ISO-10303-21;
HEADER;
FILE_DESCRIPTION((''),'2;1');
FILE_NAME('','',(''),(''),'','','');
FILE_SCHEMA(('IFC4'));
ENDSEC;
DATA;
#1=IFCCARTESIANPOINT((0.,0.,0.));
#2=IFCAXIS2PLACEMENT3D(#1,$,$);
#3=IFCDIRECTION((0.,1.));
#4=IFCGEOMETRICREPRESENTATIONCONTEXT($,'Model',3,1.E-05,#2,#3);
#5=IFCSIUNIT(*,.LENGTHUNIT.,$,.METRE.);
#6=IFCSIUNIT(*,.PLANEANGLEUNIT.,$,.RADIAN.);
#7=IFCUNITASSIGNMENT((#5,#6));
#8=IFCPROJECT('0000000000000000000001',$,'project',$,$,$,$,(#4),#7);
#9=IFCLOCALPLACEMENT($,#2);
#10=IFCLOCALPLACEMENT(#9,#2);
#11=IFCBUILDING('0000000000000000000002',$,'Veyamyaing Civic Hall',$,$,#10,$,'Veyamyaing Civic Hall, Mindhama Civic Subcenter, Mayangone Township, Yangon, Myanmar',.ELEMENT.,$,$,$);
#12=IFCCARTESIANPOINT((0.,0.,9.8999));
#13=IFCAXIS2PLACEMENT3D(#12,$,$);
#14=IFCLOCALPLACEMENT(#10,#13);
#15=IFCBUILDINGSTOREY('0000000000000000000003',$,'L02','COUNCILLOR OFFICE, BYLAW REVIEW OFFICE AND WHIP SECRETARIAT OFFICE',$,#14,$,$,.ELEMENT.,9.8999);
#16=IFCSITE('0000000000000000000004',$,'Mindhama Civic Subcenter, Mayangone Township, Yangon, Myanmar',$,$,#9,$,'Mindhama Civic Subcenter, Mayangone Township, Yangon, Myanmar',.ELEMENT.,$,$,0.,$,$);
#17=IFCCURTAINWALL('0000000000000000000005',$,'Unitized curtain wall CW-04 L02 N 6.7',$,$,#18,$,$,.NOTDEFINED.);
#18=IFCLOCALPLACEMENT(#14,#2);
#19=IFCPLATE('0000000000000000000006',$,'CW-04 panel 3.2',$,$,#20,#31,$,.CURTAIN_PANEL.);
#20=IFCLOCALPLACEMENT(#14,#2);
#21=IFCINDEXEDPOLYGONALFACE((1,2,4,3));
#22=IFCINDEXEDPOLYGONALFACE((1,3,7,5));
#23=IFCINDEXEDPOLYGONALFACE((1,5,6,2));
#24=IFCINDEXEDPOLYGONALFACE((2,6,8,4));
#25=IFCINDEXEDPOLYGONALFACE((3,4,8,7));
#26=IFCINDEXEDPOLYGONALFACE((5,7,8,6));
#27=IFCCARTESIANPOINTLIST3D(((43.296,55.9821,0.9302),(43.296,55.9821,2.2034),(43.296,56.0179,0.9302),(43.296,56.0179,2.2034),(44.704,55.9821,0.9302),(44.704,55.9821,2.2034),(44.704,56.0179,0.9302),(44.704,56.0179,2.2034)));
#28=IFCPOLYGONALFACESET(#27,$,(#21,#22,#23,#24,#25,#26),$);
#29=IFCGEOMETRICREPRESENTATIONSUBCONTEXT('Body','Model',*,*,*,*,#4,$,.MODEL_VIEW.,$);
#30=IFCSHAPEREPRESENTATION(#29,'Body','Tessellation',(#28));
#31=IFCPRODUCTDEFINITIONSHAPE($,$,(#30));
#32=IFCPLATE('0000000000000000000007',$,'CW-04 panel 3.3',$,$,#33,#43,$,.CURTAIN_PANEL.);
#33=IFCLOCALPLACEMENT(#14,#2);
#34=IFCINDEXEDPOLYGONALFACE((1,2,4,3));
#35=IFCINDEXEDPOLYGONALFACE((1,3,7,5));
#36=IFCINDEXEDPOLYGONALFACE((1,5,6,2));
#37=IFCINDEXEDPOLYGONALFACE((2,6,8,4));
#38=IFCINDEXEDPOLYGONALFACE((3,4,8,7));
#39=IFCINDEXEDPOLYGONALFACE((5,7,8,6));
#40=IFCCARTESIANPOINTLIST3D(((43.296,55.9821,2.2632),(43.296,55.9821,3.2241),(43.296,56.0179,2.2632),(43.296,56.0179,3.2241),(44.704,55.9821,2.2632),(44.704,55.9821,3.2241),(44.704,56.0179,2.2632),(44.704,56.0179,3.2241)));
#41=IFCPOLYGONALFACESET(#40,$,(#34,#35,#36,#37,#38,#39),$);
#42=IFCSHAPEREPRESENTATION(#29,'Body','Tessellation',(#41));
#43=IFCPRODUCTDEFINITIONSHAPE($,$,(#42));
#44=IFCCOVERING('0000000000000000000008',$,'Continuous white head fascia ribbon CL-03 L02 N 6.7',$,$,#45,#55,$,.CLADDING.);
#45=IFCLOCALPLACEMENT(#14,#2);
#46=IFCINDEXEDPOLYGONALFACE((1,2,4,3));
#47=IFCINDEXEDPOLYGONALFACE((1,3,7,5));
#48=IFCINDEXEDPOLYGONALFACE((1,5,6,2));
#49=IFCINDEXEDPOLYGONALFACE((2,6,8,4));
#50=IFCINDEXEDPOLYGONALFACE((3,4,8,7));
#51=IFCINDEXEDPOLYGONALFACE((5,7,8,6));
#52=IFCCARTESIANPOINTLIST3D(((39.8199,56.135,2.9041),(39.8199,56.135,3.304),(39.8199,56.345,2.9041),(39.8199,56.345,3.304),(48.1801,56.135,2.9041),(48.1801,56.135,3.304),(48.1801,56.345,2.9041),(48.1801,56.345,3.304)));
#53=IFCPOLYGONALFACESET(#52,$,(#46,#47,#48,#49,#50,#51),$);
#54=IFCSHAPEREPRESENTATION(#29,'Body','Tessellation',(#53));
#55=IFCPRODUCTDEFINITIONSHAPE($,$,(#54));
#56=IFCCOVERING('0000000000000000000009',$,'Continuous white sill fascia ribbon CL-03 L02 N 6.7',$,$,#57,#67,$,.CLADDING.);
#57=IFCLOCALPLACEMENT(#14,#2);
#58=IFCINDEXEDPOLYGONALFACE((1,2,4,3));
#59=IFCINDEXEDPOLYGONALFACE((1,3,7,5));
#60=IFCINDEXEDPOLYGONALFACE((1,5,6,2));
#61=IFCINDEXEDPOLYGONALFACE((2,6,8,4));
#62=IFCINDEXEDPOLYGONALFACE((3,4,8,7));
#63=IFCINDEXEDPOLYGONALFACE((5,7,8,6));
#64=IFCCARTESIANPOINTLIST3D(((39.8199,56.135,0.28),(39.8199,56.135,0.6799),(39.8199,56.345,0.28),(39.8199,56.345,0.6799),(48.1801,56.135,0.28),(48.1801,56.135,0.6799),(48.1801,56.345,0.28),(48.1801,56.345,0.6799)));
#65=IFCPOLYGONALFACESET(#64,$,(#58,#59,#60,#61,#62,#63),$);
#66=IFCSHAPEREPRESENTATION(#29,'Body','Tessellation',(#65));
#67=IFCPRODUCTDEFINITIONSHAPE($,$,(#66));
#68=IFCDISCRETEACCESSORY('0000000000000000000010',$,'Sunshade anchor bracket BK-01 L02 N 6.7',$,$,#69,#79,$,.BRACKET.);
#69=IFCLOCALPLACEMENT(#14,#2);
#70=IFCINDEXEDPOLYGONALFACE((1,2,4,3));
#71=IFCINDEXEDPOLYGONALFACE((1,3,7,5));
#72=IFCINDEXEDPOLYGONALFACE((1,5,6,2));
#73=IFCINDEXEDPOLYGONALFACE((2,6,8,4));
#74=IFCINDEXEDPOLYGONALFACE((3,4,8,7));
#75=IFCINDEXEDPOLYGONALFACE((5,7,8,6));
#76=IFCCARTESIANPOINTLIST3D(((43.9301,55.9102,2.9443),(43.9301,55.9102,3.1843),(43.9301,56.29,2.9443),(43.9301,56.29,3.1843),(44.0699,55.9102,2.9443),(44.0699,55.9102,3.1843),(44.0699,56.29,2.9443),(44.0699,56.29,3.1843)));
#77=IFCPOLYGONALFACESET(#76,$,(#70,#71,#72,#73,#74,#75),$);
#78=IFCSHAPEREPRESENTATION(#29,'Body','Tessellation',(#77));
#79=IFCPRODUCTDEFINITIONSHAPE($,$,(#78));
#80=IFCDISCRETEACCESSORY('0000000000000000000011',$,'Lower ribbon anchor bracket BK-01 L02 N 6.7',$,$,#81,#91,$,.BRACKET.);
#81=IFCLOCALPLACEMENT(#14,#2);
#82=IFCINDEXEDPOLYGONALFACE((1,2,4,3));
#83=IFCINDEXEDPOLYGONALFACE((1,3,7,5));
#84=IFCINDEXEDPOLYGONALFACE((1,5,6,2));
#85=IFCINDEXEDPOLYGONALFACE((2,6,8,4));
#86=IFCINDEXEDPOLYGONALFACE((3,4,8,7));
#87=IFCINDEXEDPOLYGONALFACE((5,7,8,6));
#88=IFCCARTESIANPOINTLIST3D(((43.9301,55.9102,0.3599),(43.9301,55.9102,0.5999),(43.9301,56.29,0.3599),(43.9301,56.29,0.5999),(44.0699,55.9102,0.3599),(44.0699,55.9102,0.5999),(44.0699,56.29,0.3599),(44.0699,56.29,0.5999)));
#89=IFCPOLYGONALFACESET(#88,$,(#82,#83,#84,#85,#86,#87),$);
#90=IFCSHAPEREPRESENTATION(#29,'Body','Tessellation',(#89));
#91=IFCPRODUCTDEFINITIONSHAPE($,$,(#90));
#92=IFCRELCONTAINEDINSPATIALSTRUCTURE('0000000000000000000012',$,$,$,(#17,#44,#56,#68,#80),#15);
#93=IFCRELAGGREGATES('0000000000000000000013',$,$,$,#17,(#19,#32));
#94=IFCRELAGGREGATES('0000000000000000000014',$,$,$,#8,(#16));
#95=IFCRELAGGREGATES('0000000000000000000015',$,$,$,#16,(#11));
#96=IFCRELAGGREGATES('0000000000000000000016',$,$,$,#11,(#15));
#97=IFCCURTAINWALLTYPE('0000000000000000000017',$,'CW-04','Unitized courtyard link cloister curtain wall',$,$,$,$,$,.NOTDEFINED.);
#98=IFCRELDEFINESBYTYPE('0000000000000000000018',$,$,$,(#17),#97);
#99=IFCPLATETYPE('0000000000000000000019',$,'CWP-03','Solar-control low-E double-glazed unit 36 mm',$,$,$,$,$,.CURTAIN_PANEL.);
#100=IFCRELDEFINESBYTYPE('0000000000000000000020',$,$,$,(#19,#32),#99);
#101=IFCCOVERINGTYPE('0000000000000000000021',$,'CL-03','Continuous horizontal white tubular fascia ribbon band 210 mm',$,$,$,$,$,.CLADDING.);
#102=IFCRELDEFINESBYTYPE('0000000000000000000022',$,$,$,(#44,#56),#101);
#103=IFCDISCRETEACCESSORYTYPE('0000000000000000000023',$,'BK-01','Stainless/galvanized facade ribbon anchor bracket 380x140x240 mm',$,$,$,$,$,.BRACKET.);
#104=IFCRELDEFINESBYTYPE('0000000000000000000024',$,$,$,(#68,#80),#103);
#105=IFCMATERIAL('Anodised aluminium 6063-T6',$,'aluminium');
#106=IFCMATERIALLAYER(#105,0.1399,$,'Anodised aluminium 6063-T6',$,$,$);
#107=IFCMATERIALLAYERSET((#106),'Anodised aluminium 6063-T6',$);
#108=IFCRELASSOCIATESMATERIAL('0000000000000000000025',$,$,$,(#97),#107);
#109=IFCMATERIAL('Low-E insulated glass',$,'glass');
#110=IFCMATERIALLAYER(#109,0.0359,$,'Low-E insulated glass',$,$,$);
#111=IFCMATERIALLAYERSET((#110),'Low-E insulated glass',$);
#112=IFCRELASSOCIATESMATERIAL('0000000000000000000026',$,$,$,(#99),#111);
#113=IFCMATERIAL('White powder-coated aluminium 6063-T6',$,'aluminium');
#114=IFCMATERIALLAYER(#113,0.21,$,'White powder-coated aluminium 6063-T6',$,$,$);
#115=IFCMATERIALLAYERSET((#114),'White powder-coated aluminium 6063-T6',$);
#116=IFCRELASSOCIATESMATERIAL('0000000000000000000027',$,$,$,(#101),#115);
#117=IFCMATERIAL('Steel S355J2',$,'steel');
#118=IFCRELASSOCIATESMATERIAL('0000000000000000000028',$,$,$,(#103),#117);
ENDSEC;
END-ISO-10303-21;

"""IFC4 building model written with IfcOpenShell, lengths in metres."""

from ifc_helpers import new_model, si_unit, direction, frame, origin, origin_2d, place, context, subcontext, project, spatial, rectangle, extrude, material, layer, layer_set, type_object, element, aggregate, save


model = new_model("IFC4")

# Units and contexts
model_context = context("Model", 3, precision=1e-05, world=origin(), true_north=direction((0.0, 1.0)))
body_context = subcontext(model_context, "Body", "Model", "MODEL_VIEW")
ifc_project = project(units=[si_unit("LENGTHUNIT", "METRE"), si_unit("PLANEANGLEUNIT", "RADIAN")], contexts=[model_context])

# Site, building, storey
site_placement = place(None, origin())
site = spatial("IfcSite", under=ifc_project, at=site_placement, Name="Mindhama Civic Subcenter, Mayangone Township, Yangon, Myanmar", LongName="Mindhama Civic Subcenter, Mayangone Township, Yangon, Myanmar", CompositionType="ELEMENT", RefElevation=0.0)
building_placement = place(site_placement, origin())
building = spatial("IfcBuilding", under=site, at=building_placement, Name="Veyamyaing Civic Hall", LongName="Veyamyaing Civic Hall, Mindhama Civic Subcenter, Mayangone Township, Yangon, Myanmar", CompositionType="ELEMENT")
storey_placement = place(building_placement, frame((0.0, 0.0, 9.8999)))
storey = spatial("IfcBuildingStorey", under=building, at=storey_placement, Name="L02", Description="COUNCILLOR OFFICE, BYLAW REVIEW OFFICE AND WHIP SECRETARIAT OFFICE", CompositionType="ELEMENT", Elevation=9.8999)

# Curtain wall, plates
ifc_material_1 = material(Name="Anodised aluminium 6063-T6", Category="aluminium")
ifc_layer_1 = layer(ifc_material_1, 0.1399, Name="Anodised aluminium 6063-T6")
ifc_layer_set_1 = layer_set([ifc_layer_1], Name="Anodised aluminium 6063-T6")
curtain_wall_type = type_object("IfcCurtainWallType", Name="CW-04", Description="Unitized courtyard link cloister curtain wall", PredefinedType="NOTDEFINED", material=ifc_layer_set_1)
curtain_wall_placement = place(storey_placement, origin())
curtain_wall = element("IfcCurtainWall", 1, at=curtain_wall_placement, inside=storey, type_object=curtain_wall_type, Name="Unitized curtain wall CW-04 L02 N 6.7", PredefinedType="NOTDEFINED")
ifc_material_2 = material(Name="Low-E insulated glass", Category="glass")
ifc_layer_2 = layer(ifc_material_2, 0.0359, Name="Low-E insulated glass")
ifc_layer_set_2 = layer_set([ifc_layer_2], Name="Low-E insulated glass")
plate_type = type_object("IfcPlateType", Name="CWP-03", Description="Solar-control low-E double-glazed unit 36 mm", PredefinedType="CURTAIN_PANEL", material=ifc_layer_set_2)
plate_1_placement = place(storey_placement, frame((44.0, 56.0, 0.9302), z_axis=(0.0, 0.0, 1.0), x_axis=(1.0, 0.0, 0.0)))
plate_1 = element("IfcPlate", 2, at=plate_1_placement, type_object=plate_type, Name="CW-04 panel 3.2", PredefinedType="CURTAIN_PANEL", context=body_context, shape_type="SweptSolid", body=[
    extrude(rectangle(XDim=1.408, YDim=0.0359, at=origin_2d()), origin(), (0.0, 0.0, 1.0), 1.2732),
])
plate_2_placement = place(storey_placement, frame((44.0, 56.0, 2.2632), z_axis=(0.0, 0.0, 1.0), x_axis=(1.0, 0.0, 0.0)))
plate_2 = element("IfcPlate", 3, at=plate_2_placement, type_object=plate_type, Name="CW-04 panel 3.3", PredefinedType="CURTAIN_PANEL", context=body_context, shape_type="SweptSolid", body=[
    extrude(rectangle(XDim=1.408, YDim=0.0359, at=origin_2d()), origin(), (0.0, 0.0, 1.0), 0.9609),
])
aggregate(curtain_wall, [plate_1, plate_2])

# Coverings
ifc_material_3 = material(Name="White powder-coated aluminium 6063-T6", Category="aluminium")
ifc_layer_3 = layer(ifc_material_3, 0.21, Name="White powder-coated aluminium 6063-T6")
ifc_layer_set_3 = layer_set([ifc_layer_3], Name="White powder-coated aluminium 6063-T6")
covering_type = type_object("IfcCoveringType", Name="CL-03", Description="Continuous horizontal white tubular fascia ribbon band 210 mm", PredefinedType="CLADDING", material=ifc_layer_set_3)
for number, where, z_axis, x_axis, name in (
    (4, (44.0, 56.24, 2.9041), (0.0, 0.0, 1.0), (1.0, 0.0, 0.0), "Continuous white head fascia ribbon CL-03 L02 N 6.7"),
    (5, (44.0, 56.24, 0.28), (0.0, 0.0, 1.0), (1.0, 0.0, 0.0), "Continuous white sill fascia ribbon CL-03 L02 N 6.7"),
):
    element("IfcCovering", number, at=place(storey_placement, frame(where, z_axis=z_axis, x_axis=x_axis)), inside=storey, type_object=covering_type, Name=name, PredefinedType="CLADDING", context=body_context, shape_type="SweptSolid", body=[
        extrude(rectangle(XDim=8.3601, YDim=0.21, at=origin_2d()), origin(), (0.0, 0.0, 1.0), 0.3999),
    ])

# Discrete accessories
ifc_material_4 = material(Name="Steel S355J2", Category="steel")
discrete_accessory_type = type_object("IfcDiscreteAccessoryType", Name="BK-01", Description="Stainless/galvanized facade ribbon anchor bracket 380x140x240 mm", PredefinedType="BRACKET", material=ifc_material_4)
for number, where, z_axis, x_axis, name in (
    (6, (44.0, 56.1001, 2.9443), (0.0, 0.0, 1.0), (0.0, 1.0, 0.0), "Sunshade anchor bracket BK-01 L02 N 6.7"),
    (7, (44.0, 56.1001, 0.3599), (0.0, 0.0, 1.0), (0.0, 1.0, 0.0), "Lower ribbon anchor bracket BK-01 L02 N 6.7"),
):
    element("IfcDiscreteAccessory", number, at=place(storey_placement, frame(where, z_axis=z_axis, x_axis=x_axis)), inside=storey, type_object=discrete_accessory_type, Name=name, PredefinedType="BRACKET", context=body_context, shape_type="SweptSolid", body=[
        extrude(rectangle(XDim=0.3799, YDim=0.1399, at=origin_2d()), origin(), (0.0, 0.0, 1.0), 0.24),
    ])

save(model, "model.ifc")
